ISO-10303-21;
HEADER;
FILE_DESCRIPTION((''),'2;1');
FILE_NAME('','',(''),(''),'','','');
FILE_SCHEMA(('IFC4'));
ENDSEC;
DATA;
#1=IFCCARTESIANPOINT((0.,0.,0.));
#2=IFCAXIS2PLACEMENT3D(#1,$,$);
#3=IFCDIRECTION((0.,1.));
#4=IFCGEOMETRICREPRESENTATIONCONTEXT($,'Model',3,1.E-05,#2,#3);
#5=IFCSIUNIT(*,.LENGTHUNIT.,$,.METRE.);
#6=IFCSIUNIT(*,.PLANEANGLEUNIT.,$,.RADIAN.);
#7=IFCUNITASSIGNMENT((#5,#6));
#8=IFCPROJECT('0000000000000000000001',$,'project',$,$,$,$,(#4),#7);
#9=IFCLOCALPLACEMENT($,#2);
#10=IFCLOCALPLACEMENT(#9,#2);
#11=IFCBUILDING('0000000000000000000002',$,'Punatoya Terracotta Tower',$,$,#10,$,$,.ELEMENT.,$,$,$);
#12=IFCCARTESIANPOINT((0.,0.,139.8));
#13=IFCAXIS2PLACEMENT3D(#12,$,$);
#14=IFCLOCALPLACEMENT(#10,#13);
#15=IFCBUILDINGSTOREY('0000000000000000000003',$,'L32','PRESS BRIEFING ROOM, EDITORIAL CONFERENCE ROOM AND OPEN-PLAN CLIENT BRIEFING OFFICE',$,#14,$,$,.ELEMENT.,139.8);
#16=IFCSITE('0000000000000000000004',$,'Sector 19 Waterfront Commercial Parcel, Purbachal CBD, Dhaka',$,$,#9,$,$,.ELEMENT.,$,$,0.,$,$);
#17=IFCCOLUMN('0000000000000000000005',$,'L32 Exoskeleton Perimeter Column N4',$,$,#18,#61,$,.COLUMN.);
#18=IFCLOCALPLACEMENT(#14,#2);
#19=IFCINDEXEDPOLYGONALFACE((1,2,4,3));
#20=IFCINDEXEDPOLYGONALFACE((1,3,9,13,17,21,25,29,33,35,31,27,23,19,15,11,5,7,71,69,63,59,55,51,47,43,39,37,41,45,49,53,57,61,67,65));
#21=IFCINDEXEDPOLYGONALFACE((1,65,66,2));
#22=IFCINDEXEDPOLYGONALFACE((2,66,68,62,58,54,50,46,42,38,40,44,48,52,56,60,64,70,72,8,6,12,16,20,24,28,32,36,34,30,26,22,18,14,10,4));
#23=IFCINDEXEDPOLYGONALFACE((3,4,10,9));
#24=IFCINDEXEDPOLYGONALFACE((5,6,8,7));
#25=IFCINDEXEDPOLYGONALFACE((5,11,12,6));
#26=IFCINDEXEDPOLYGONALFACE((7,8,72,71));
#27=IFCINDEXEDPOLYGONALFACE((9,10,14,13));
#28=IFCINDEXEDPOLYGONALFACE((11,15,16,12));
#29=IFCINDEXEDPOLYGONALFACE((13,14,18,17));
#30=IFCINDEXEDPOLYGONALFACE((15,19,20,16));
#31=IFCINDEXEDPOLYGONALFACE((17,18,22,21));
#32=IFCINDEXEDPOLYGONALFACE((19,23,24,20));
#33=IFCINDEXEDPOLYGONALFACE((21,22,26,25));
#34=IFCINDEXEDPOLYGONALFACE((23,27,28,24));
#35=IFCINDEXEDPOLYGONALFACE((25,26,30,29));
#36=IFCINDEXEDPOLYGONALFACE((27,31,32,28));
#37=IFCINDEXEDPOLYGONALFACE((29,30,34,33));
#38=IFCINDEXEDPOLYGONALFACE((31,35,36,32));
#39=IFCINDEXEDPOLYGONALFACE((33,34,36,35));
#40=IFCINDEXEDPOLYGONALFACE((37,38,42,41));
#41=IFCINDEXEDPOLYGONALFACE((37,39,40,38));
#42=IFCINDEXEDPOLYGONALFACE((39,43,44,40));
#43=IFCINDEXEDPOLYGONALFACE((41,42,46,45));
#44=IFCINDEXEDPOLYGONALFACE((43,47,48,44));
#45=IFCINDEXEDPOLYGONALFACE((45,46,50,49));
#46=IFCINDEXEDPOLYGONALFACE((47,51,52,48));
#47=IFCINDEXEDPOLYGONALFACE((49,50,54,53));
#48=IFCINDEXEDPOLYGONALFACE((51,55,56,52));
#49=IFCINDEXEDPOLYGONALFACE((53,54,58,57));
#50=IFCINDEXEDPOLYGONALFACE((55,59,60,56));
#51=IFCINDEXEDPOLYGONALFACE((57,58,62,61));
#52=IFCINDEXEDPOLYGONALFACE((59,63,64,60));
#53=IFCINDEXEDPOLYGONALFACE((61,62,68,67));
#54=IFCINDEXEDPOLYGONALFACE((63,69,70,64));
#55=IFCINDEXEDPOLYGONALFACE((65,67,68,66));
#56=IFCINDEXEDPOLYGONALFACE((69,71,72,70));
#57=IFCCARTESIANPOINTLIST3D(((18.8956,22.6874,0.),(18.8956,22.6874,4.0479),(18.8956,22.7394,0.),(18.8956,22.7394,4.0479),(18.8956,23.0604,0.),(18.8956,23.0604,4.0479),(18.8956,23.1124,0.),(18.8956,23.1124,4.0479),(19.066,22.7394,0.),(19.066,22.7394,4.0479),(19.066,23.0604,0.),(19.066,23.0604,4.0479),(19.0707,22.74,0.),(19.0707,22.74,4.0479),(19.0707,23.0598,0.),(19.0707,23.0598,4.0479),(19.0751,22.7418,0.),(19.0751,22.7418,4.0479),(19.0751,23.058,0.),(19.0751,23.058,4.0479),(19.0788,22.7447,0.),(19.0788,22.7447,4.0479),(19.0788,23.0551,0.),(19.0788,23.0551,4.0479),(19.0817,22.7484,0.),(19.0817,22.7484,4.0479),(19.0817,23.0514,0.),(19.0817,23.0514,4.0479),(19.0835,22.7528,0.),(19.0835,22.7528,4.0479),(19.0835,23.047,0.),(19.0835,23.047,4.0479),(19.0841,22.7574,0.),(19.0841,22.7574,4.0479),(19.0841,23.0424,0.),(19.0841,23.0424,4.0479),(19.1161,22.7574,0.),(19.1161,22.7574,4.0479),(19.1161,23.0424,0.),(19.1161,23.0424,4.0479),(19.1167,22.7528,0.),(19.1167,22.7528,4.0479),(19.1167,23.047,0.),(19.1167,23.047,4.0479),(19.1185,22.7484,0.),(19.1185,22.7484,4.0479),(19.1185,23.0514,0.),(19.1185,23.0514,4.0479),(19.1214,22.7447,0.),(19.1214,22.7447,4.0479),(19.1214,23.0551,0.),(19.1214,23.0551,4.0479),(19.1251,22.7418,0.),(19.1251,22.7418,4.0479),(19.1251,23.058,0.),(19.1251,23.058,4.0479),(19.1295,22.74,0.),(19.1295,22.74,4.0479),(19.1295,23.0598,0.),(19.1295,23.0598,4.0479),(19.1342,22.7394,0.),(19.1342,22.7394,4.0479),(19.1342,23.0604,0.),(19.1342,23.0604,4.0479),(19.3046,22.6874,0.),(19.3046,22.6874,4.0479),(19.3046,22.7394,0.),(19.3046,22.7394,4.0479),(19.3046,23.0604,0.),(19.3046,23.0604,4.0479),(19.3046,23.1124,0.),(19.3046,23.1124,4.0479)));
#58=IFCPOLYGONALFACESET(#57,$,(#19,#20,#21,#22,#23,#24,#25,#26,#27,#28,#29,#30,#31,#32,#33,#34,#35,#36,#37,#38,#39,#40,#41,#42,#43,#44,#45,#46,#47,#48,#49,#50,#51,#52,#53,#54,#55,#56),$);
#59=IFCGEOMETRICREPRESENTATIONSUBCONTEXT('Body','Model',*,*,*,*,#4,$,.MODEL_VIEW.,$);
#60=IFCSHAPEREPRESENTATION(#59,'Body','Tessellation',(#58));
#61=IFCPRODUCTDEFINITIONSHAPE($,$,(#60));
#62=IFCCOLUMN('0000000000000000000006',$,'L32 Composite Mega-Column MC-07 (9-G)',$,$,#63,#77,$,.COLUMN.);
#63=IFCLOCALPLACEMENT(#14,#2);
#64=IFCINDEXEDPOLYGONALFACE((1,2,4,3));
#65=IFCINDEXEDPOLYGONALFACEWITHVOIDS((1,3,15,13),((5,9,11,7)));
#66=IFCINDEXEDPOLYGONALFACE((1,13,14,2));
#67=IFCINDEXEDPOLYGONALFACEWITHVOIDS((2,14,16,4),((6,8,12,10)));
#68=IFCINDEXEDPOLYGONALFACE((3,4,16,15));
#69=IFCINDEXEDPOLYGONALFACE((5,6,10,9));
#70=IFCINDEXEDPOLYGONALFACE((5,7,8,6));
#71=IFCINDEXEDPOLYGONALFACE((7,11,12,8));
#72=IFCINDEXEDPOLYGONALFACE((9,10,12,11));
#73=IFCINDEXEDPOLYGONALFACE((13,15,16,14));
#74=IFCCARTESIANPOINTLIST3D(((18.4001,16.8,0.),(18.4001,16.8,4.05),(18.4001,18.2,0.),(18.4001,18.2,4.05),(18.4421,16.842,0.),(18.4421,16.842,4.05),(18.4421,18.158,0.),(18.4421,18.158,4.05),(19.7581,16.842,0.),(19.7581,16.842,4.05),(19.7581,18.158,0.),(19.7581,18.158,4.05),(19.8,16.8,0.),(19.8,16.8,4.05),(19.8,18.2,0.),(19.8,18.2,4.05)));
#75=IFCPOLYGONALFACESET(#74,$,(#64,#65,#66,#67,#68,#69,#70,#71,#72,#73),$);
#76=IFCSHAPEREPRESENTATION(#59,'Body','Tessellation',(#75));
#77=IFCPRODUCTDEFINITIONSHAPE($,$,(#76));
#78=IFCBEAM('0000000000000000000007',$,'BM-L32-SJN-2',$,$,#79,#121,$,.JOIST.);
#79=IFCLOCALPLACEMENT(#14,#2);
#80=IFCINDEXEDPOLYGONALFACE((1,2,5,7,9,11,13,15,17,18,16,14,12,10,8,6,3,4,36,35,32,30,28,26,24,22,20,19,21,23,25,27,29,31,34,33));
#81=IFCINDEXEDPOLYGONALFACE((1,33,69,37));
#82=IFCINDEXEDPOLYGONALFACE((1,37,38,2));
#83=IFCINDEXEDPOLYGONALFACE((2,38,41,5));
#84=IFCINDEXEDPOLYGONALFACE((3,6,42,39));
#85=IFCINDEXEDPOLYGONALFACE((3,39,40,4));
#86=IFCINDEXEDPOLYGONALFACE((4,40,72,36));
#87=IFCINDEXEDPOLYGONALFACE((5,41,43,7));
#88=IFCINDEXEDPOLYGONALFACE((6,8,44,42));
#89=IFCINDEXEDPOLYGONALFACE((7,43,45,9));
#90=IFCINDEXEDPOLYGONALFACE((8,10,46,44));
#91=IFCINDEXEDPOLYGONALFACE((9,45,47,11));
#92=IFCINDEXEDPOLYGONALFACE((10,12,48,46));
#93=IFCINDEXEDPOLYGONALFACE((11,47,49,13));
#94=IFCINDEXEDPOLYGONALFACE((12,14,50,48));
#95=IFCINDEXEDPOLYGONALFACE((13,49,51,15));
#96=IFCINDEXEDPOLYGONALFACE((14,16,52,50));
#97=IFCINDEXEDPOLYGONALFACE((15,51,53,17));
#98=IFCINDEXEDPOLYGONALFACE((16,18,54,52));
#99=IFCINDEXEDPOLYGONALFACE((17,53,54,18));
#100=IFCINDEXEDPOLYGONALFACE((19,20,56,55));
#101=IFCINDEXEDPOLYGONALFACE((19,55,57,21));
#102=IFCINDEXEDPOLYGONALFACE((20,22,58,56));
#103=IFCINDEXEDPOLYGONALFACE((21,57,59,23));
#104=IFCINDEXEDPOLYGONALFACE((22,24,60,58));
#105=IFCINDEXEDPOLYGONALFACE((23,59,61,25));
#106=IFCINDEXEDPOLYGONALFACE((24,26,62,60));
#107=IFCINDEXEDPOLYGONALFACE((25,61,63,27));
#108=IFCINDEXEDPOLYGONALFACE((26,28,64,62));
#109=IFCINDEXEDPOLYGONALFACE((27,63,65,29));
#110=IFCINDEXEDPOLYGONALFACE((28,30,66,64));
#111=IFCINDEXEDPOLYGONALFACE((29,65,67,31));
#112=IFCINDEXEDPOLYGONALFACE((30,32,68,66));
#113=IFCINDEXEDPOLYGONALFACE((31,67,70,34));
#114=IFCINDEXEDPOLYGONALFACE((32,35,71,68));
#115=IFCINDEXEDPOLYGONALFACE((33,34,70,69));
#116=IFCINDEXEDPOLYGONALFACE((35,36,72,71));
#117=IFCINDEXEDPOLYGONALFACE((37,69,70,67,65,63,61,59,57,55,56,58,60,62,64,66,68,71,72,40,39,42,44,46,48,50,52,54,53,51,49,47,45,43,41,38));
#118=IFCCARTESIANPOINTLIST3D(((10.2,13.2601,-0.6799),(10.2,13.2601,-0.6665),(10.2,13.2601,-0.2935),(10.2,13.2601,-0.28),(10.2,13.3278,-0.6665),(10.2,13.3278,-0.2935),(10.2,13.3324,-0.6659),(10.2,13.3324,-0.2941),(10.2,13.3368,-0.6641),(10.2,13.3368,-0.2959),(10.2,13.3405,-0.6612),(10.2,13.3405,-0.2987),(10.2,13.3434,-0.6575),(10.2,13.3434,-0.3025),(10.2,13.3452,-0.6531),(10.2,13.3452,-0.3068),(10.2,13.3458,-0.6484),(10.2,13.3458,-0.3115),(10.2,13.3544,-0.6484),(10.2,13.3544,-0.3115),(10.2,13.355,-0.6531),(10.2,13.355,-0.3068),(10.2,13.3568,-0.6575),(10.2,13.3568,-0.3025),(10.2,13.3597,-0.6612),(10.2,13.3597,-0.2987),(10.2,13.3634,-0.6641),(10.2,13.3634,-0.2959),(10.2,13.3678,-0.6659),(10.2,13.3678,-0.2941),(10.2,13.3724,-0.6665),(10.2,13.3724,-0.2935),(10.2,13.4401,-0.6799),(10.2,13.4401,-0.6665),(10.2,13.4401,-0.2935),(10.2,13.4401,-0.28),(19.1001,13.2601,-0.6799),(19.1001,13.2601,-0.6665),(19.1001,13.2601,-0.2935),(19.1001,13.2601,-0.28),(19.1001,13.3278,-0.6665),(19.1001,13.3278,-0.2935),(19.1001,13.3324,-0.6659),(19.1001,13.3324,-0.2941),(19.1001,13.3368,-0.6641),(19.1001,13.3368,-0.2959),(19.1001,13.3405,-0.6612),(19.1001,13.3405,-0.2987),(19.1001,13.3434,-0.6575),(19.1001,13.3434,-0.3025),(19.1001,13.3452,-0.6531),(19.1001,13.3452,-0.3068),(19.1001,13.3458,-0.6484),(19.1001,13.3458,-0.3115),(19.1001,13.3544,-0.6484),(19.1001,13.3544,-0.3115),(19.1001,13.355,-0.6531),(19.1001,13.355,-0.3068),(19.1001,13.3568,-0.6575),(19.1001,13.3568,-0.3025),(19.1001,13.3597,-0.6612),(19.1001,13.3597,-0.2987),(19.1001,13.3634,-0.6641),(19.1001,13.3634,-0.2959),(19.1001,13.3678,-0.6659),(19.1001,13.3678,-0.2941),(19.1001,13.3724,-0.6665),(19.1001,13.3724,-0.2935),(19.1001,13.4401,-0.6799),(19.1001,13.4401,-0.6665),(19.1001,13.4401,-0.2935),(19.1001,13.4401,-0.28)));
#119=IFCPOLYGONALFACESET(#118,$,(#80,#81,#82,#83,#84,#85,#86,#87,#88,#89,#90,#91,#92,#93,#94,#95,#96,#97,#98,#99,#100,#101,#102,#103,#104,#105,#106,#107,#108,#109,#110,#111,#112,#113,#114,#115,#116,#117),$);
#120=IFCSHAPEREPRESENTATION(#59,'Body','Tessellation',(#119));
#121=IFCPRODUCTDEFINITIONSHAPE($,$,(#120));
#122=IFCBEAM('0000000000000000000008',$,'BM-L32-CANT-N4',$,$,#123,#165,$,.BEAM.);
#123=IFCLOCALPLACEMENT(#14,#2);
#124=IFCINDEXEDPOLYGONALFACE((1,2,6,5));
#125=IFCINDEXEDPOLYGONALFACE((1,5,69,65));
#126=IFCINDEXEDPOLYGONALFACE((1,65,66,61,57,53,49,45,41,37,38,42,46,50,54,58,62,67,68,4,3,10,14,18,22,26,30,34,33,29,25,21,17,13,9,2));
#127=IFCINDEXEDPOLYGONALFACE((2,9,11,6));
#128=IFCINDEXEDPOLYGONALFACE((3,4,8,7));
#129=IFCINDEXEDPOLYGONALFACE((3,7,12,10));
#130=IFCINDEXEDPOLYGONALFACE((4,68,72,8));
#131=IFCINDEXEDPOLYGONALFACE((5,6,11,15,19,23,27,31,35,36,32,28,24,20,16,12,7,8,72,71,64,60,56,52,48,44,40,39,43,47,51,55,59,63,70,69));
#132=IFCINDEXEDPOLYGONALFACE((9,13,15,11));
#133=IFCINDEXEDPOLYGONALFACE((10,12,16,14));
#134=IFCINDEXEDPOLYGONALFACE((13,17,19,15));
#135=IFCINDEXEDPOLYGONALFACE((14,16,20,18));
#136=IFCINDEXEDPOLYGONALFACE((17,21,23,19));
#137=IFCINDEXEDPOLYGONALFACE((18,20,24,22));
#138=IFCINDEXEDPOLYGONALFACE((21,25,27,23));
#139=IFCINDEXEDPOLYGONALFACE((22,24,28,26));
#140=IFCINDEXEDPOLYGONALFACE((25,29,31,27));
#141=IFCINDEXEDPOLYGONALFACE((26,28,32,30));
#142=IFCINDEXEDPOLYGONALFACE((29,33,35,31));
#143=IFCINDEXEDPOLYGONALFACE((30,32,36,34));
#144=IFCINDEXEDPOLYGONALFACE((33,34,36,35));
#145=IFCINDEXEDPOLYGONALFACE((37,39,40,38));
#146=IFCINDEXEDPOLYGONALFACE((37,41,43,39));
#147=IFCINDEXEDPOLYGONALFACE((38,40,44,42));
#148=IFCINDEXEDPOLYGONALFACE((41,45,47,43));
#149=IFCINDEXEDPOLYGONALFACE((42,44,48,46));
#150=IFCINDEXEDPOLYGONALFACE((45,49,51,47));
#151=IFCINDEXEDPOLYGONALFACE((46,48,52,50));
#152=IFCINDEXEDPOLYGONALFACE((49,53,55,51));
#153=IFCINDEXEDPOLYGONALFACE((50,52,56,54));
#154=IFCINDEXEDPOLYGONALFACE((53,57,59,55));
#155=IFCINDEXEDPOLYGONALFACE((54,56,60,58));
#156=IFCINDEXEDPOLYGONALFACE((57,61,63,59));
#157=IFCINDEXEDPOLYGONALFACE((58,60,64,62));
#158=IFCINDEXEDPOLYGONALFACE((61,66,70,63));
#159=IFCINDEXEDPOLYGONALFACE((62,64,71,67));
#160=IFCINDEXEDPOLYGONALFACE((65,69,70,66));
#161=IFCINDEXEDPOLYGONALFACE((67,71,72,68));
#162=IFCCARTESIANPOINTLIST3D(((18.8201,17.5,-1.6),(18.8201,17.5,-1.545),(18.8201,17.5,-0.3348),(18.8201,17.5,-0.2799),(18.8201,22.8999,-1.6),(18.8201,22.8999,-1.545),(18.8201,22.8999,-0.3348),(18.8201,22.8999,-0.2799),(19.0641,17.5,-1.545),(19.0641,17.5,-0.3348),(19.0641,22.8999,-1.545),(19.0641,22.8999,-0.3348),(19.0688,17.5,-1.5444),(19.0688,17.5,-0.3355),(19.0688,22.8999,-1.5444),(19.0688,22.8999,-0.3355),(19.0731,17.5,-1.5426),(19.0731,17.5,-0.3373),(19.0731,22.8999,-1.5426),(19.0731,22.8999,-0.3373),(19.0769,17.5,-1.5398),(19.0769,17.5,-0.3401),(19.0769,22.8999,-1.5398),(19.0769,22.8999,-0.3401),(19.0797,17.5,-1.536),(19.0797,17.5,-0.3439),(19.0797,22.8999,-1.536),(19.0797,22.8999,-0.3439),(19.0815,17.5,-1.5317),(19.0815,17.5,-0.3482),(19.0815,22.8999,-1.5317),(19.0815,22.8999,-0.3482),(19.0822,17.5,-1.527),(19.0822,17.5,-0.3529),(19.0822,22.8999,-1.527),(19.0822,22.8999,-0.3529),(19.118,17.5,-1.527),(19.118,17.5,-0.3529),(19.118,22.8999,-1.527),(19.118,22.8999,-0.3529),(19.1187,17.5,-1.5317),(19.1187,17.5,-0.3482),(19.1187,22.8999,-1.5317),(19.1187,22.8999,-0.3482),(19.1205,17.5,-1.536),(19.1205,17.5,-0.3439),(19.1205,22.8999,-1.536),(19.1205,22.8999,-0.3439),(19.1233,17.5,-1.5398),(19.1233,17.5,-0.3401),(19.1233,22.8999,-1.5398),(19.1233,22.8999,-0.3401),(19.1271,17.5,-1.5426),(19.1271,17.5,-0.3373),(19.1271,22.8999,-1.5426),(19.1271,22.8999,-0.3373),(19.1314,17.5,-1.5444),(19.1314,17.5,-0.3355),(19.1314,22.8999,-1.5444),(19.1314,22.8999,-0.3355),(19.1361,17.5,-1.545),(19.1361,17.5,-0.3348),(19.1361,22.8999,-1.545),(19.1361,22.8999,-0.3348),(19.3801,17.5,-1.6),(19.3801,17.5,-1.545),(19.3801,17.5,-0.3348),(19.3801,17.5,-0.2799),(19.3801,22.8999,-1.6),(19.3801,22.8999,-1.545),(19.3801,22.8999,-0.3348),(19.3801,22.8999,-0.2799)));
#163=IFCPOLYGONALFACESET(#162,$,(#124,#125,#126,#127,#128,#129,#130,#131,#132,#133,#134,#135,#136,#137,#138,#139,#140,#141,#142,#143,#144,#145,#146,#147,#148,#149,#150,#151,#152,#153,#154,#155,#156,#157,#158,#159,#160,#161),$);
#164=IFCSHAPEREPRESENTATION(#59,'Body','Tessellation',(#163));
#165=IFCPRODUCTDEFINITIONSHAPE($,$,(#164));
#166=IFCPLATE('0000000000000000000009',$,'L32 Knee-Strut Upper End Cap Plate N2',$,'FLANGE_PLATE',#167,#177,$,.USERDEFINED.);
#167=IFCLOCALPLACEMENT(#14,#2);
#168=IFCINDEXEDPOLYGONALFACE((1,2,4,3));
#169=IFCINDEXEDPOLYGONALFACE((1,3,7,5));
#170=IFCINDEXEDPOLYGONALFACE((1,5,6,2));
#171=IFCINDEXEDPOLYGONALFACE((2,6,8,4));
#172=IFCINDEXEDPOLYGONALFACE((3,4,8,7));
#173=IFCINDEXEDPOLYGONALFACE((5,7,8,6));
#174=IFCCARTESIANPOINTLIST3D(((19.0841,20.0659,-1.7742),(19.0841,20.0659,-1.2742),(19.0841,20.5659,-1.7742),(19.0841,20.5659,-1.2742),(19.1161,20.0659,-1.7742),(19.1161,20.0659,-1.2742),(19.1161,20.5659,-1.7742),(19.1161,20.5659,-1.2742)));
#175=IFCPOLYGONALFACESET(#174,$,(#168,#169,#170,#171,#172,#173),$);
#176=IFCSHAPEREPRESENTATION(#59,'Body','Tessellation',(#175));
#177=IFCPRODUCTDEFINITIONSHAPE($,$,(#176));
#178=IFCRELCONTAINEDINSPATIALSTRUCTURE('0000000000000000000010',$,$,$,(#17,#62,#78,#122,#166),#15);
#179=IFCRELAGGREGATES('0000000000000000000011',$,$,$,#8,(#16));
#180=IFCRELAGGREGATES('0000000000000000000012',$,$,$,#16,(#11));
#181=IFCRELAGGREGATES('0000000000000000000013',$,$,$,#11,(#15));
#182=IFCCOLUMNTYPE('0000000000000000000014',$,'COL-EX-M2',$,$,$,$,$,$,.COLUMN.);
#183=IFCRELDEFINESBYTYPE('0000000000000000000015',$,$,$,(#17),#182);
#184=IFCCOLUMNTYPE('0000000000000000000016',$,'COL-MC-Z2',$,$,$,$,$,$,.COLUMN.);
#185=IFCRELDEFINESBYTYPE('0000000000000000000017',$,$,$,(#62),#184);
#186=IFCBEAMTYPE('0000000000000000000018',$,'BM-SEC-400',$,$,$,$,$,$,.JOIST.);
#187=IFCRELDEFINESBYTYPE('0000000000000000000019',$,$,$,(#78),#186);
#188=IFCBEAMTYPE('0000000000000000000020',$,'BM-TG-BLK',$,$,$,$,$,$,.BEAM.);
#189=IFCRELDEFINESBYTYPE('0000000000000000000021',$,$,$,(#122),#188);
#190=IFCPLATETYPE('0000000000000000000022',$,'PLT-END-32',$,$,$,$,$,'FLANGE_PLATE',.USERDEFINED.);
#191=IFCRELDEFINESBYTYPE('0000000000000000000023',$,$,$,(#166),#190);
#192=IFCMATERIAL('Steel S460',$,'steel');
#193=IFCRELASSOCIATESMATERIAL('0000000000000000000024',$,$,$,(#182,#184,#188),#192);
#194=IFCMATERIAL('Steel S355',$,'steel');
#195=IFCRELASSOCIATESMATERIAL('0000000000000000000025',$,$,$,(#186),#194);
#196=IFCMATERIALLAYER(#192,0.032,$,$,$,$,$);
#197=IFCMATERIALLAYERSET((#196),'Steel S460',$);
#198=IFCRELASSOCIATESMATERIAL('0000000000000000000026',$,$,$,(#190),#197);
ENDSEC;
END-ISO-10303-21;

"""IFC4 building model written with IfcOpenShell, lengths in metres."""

from ifc_helpers import new_model, si_unit, direction, frame, origin, origin_2d, place, context, subcontext, project, spatial, rectangle, hollow_rectangle, i_section, extrude, material, layer, layer_set, material_profile, profile_set, type_object, element, save


model = new_model("IFC4")

# Units and contexts
model_context = context("Model", 3, precision=1e-05, world=origin(), true_north=direction((0.0, 1.0)))
body_context = subcontext(model_context, "Body", "Model", "MODEL_VIEW")
ifc_project = project(units=[si_unit("LENGTHUNIT", "METRE"), si_unit("PLANEANGLEUNIT", "RADIAN")], contexts=[model_context])

# Site, building, storey
site_placement = place(None, origin())
site = spatial("IfcSite", under=ifc_project, at=site_placement, Name="Sector 19 Waterfront Commercial Parcel, Purbachal CBD, Dhaka", CompositionType="ELEMENT", RefElevation=0.0)
building_placement = place(site_placement, origin())
building = spatial("IfcBuilding", under=site, at=building_placement, Name="Punatoya Terracotta Tower", CompositionType="ELEMENT")
storey_placement = place(building_placement, frame((0.0, 0.0, 139.8)))
storey = spatial("IfcBuildingStorey", under=building, at=storey_placement, Name="L32", Description="PRESS BRIEFING ROOM, EDITORIAL CONFERENCE ROOM AND OPEN-PLAN CLIENT BRIEFING OFFICE", CompositionType="ELEMENT", Elevation=139.8)

# Columns
ifc_material_1 = material(Name="Steel S460", Category="steel")
ifc_material_profile_1 = material_profile(ifc_material_1, i_section(OverallWidth=0.4089, OverallDepth=0.425, WebThickness=0.032, FlangeThickness=0.052, FilletRadius=0.0181, at=origin_2d()))
ifc_profile_set_1 = profile_set([ifc_material_profile_1], Name="Steel S460")
column_type_1 = type_object("IfcColumnType", Name="COL-EX-M2", PredefinedType="COLUMN", material=ifc_profile_set_1)
column_1_placement = place(storey_placement, frame((19.1001, 22.8999, 0.0), z_axis=(0.0, 0.0, 1.0), x_axis=(1.0, 0.0, 0.0)))
element("IfcColumn", 1, at=column_1_placement, inside=storey, type_object=column_type_1, Name="L32 Exoskeleton Perimeter Column N4", PredefinedType="COLUMN", context=body_context, shape_type="SweptSolid", body=[
    extrude(i_section(OverallWidth=0.4089, OverallDepth=0.425, WebThickness=0.032, FlangeThickness=0.052, FilletRadius=0.0181, at=origin_2d()), origin(), (0.0, 0.0, 1.0), 4.0479),
])
ifc_material_profile_2 = material_profile(ifc_material_1, hollow_rectangle(XDim=1.3999, YDim=1.3999, WallThickness=0.042, at=origin_2d()))
ifc_profile_set_2 = profile_set([ifc_material_profile_2], Name="Steel S460")
column_type_2 = type_object("IfcColumnType", Name="COL-MC-Z2", PredefinedType="COLUMN", material=ifc_profile_set_2)
column_2_placement = place(storey_placement, frame((19.1001, 17.5, 0.0), z_axis=(0.0, 0.0, 1.0), x_axis=(1.0, 0.0, 0.0)))
element("IfcColumn", 2, at=column_2_placement, inside=storey, type_object=column_type_2, Name="L32 Composite Mega-Column MC-07 (9-G)", PredefinedType="COLUMN", context=body_context, shape_type="SweptSolid", body=[
    extrude(hollow_rectangle(XDim=1.3999, YDim=1.3999, WallThickness=0.042, at=origin_2d()), origin(), (0.0, 0.0, 1.0), 4.05),
])

# Beams
ifc_material_2 = material(Name="Steel S355", Category="steel")
ifc_material_profile_3 = material_profile(ifc_material_2, i_section(OverallWidth=0.1799, OverallDepth=0.3999, WebThickness=0.0085, FlangeThickness=0.0134, FilletRadius=0.0181, at=origin_2d()))
ifc_profile_set_3 = profile_set([ifc_material_profile_3], Name="Steel S355")
beam_type_1 = type_object("IfcBeamType", Name="BM-SEC-400", PredefinedType="JOIST", material=ifc_profile_set_3)
beam_1_placement = place(storey_placement, frame((10.2, 13.3501, -0.48), z_axis=(1.0, 0.0, 0.0), x_axis=(0.0, 1.0, 0.0)))
element("IfcBeam", 3, at=beam_1_placement, inside=storey, type_object=beam_type_1, Name="BM-L32-SJN-2", PredefinedType="JOIST", context=body_context, shape_type="SweptSolid", body=[
    extrude(i_section(OverallWidth=0.1799, OverallDepth=0.3999, WebThickness=0.0085, FlangeThickness=0.0134, FilletRadius=0.0181, at=origin_2d()), origin(), (0.0, 0.0, 1.0), 8.9001),
])
ifc_material_profile_4 = material_profile(ifc_material_1, i_section(OverallWidth=0.5601, OverallDepth=1.3201, WebThickness=0.0359, FlangeThickness=0.0549, FilletRadius=0.0181, at=origin_2d()))
ifc_profile_set_4 = profile_set([ifc_material_profile_4], Name="Steel S460")
beam_type_2 = type_object("IfcBeamType", Name="BM-TG-BLK", PredefinedType="BEAM", material=ifc_profile_set_4)
beam_2_placement = place(storey_placement, frame((19.1001, 17.5, -0.9399), z_axis=(0.0, 1.0, 0.0), x_axis=(-1.0, 0.0, 0.0)))
element("IfcBeam", 4, at=beam_2_placement, inside=storey, type_object=beam_type_2, Name="BM-L32-CANT-N4", PredefinedType="BEAM", context=body_context, shape_type="SweptSolid", body=[
    extrude(i_section(OverallWidth=0.5601, OverallDepth=1.3201, WebThickness=0.0359, FlangeThickness=0.0549, FilletRadius=0.0181, at=origin_2d()), origin(), (0.0, 0.0, 1.0), 5.3999),
])

# Plate
ifc_layer_1 = layer(ifc_material_1, 0.032)
ifc_layer_set_1 = layer_set([ifc_layer_1], Name="Steel S460")
plate_type_1 = type_object("IfcPlateType", Name="PLT-END-32", ElementType="FLANGE_PLATE", PredefinedType="USERDEFINED", material=ifc_layer_set_1)
plate_placement = place(storey_placement, frame((19.1001, 20.3159, -1.7742), z_axis=(0.0, 0.0, 1.0), x_axis=(0.0, 1.0, 0.0)))
element("IfcPlate", 5, at=plate_placement, inside=storey, type_object=plate_type_1, Name="L32 Knee-Strut Upper End Cap Plate N2", ObjectType="FLANGE_PLATE", PredefinedType="USERDEFINED", context=body_context, shape_type="SweptSolid", body=[
    extrude(rectangle(XDim=0.5, YDim=0.032, at=origin_2d()), origin(), (0.0, 0.0, 1.0), 0.5),
])

save(model, "model.ifc")
